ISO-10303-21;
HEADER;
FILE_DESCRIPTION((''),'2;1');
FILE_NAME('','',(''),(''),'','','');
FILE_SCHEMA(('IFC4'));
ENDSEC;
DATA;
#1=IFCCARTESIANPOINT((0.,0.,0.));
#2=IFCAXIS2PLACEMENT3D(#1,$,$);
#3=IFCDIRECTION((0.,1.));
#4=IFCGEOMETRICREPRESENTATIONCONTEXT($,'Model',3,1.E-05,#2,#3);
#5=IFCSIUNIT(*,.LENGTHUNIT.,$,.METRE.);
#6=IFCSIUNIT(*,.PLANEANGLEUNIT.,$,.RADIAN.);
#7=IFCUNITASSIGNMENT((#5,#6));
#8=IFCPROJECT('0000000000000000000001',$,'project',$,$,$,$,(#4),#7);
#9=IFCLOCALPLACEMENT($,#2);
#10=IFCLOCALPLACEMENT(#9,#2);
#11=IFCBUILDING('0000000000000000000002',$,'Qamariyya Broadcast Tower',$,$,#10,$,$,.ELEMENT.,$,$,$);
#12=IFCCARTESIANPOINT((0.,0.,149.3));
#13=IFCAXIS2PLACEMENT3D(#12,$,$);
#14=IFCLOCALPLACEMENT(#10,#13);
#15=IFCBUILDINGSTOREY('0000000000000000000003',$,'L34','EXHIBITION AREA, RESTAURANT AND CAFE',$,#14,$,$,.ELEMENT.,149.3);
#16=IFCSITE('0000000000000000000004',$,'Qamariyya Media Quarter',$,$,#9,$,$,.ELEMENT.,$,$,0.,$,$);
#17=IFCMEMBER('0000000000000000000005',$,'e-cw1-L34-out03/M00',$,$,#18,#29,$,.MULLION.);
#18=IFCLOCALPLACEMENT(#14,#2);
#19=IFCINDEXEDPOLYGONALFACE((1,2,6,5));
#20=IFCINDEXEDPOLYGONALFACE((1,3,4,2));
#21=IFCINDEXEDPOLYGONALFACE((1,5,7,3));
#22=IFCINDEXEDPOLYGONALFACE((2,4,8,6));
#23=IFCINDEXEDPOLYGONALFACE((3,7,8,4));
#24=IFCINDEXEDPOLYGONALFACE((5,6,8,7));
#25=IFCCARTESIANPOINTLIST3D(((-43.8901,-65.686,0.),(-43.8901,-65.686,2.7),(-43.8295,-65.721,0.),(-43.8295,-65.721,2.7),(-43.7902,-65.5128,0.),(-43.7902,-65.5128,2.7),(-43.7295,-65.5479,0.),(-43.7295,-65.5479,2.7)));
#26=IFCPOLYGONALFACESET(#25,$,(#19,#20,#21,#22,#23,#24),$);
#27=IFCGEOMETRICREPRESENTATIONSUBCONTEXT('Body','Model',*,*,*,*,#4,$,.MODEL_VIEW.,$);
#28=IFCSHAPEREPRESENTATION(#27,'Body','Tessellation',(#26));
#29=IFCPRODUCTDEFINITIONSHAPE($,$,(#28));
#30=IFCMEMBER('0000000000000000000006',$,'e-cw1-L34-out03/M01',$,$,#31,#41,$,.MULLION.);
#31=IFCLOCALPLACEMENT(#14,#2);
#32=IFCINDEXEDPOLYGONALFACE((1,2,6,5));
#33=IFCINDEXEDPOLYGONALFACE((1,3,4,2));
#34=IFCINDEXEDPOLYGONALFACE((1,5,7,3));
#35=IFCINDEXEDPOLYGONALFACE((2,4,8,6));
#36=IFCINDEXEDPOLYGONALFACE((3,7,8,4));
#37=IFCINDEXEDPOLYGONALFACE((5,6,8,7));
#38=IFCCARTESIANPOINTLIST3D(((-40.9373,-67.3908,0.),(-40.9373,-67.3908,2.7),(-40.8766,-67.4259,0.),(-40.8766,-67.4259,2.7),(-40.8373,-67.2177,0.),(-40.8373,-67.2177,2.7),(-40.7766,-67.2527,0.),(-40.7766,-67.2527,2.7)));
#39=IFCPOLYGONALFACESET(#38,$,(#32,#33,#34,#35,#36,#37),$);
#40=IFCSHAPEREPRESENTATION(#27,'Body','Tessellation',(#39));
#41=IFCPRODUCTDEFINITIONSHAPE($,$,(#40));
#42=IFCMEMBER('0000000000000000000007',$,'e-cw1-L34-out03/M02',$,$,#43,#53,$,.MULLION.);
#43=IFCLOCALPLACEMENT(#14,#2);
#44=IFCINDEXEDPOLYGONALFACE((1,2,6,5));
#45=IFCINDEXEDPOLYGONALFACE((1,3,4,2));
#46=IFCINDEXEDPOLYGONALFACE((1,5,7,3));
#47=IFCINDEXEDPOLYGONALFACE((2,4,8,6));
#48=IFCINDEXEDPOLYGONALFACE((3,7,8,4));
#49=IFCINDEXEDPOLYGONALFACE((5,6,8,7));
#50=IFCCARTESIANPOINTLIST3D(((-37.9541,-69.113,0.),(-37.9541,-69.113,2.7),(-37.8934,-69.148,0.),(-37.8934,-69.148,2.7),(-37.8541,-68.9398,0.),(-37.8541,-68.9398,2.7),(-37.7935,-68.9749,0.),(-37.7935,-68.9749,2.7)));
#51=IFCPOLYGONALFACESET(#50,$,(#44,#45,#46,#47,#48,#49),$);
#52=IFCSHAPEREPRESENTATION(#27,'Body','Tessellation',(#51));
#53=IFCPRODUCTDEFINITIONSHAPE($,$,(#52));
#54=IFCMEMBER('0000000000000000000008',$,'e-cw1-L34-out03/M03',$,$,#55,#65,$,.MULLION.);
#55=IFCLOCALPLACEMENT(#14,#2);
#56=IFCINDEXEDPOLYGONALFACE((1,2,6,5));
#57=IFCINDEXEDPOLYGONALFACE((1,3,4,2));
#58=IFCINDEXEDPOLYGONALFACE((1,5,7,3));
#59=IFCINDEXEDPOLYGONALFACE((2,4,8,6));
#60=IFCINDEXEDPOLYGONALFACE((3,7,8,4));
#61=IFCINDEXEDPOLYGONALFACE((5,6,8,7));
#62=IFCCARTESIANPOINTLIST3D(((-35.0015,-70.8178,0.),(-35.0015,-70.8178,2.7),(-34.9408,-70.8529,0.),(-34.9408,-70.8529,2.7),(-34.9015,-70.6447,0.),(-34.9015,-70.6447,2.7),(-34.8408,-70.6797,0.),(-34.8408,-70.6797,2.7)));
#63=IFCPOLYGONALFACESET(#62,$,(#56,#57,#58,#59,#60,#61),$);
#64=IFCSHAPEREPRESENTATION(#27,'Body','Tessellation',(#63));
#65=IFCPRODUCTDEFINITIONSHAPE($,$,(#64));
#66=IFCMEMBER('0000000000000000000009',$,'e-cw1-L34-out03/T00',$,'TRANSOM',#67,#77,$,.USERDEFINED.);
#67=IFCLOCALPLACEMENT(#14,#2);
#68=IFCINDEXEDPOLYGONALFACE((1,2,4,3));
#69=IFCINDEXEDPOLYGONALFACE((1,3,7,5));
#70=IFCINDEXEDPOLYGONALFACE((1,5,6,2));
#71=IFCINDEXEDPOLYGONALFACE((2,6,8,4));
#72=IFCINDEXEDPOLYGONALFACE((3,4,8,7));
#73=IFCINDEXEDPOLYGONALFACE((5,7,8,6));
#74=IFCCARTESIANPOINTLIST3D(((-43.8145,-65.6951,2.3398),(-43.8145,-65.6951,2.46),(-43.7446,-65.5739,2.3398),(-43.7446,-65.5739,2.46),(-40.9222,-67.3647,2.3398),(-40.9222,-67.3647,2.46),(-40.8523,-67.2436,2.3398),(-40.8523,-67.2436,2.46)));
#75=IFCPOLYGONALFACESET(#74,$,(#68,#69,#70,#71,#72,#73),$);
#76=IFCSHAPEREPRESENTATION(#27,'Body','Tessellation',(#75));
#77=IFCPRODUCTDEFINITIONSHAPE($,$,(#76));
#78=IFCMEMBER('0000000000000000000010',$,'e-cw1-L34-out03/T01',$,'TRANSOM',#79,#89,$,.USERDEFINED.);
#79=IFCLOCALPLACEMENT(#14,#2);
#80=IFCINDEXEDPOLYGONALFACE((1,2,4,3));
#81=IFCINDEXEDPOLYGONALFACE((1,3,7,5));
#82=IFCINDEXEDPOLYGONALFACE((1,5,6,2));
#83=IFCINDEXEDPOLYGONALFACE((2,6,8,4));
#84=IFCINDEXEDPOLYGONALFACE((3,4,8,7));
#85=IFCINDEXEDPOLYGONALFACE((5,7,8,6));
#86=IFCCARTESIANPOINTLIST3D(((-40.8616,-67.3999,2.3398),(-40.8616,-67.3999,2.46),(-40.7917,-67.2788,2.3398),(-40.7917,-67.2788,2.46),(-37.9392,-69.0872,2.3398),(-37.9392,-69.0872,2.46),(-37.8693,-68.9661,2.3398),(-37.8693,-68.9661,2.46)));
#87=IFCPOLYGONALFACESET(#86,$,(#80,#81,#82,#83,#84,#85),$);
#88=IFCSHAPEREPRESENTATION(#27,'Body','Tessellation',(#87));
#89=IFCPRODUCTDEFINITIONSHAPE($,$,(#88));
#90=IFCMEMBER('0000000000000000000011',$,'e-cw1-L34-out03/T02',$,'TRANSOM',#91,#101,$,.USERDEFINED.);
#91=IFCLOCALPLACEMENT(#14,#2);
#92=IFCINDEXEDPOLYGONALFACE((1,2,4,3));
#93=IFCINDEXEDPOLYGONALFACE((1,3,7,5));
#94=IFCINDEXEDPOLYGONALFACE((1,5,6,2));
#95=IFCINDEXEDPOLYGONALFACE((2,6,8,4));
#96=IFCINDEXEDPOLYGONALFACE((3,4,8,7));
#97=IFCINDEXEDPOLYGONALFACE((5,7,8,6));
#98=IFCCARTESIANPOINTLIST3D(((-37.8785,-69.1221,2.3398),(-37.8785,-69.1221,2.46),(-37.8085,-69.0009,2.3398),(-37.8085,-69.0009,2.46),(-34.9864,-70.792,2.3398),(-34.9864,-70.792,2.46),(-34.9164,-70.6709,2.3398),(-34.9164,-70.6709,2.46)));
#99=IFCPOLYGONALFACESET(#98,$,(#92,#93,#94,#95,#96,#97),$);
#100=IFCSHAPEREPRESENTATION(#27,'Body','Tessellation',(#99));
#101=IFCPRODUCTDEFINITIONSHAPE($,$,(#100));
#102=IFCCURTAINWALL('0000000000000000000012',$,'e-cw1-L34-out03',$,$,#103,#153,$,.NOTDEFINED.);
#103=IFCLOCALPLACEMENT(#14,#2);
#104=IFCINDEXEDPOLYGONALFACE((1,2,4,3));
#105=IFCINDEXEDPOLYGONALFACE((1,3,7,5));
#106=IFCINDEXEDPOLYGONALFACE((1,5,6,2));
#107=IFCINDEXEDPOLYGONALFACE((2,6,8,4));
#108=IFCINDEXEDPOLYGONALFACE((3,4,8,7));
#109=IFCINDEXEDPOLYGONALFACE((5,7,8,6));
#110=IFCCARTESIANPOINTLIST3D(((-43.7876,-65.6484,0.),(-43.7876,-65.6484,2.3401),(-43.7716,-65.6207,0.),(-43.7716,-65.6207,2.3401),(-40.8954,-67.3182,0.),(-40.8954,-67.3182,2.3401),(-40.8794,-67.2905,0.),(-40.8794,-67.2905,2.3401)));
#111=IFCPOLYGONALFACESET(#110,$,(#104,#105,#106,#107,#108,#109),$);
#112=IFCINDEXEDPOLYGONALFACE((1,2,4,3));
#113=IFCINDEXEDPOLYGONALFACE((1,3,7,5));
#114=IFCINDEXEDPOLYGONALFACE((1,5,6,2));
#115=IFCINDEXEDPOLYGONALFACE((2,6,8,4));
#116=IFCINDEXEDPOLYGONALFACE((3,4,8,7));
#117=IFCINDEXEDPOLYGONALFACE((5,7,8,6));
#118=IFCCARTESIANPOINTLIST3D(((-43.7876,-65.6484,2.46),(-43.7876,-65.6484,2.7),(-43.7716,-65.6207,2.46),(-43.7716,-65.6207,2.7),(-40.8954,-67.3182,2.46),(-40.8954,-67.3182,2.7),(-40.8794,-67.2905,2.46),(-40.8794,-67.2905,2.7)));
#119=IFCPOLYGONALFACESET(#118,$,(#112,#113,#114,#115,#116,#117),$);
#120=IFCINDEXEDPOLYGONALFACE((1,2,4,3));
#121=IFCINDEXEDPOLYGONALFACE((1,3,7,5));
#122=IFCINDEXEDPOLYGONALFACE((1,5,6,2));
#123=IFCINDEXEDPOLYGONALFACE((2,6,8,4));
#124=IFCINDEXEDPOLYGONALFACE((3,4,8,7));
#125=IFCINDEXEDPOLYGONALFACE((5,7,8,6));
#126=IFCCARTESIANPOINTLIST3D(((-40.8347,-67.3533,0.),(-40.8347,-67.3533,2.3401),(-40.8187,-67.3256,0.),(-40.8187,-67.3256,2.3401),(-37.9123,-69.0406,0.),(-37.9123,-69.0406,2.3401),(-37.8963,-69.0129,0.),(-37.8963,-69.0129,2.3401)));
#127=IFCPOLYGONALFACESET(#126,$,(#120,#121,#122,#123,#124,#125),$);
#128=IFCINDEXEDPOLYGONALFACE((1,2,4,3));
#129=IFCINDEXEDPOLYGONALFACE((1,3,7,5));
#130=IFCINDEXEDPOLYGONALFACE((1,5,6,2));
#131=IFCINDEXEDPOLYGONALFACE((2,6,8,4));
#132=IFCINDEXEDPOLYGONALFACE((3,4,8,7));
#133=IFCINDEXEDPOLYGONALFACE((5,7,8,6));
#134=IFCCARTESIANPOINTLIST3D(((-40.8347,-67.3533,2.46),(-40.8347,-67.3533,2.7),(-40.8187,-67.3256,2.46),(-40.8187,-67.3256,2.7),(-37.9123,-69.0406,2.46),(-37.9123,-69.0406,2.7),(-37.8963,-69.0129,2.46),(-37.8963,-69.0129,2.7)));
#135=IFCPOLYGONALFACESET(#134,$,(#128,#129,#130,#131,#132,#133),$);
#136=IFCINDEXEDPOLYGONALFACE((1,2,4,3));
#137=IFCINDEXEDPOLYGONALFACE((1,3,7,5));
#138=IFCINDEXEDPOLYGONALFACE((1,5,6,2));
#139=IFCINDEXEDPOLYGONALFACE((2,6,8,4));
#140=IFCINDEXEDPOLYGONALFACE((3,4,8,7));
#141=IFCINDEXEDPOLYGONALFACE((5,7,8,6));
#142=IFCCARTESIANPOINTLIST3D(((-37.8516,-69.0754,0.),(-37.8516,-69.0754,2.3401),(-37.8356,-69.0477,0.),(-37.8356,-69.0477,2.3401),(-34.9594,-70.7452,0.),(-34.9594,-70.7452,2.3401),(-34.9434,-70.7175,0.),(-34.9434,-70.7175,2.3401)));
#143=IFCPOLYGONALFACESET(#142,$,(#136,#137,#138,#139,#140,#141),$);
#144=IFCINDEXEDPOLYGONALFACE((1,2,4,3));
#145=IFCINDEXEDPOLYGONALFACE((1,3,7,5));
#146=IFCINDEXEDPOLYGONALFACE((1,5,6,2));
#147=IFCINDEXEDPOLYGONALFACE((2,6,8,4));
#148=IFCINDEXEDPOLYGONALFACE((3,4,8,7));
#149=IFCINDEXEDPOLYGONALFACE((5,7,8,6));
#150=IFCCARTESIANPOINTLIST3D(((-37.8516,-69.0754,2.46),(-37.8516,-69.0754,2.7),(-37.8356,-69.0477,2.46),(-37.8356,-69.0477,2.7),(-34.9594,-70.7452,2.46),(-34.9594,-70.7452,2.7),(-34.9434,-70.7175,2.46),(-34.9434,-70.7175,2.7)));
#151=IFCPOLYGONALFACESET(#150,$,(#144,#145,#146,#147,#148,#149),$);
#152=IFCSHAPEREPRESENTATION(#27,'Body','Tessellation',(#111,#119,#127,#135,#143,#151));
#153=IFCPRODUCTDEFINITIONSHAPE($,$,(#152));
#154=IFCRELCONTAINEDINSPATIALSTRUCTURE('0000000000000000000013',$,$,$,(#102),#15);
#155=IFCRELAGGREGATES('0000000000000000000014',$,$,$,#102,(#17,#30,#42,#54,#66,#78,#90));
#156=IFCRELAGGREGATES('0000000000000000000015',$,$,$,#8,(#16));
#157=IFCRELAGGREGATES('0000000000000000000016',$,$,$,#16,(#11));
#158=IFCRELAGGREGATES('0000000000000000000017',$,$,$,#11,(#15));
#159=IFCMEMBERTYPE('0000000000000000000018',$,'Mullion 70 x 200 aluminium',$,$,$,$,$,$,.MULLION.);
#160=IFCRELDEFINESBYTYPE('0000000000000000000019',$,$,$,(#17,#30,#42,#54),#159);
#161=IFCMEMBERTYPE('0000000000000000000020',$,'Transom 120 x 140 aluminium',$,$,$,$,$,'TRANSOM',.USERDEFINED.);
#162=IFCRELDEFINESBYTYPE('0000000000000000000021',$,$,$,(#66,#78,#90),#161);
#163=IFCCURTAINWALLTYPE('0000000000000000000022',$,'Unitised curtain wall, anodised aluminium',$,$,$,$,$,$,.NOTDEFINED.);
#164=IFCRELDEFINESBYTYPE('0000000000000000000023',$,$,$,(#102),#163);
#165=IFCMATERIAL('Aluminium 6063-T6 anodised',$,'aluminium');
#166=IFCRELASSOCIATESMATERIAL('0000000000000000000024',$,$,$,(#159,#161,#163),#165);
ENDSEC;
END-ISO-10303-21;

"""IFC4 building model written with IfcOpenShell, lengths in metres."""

from ifc_helpers import new_model, si_unit, direction, frame, origin, origin_2d, place, context, subcontext, project, spatial, rectangle, extrude, material, material_profile, profile_set, type_object, element, aggregate, save


model = new_model("IFC4")

# Units and contexts
model_context = context("Model", 3, precision=1e-05, world=origin(), true_north=direction((0.0, 1.0)))
body_context = subcontext(model_context, "Body", "Model", "MODEL_VIEW")
ifc_project = project(units=[si_unit("LENGTHUNIT", "METRE"), si_unit("PLANEANGLEUNIT", "RADIAN")], contexts=[model_context])

# Members
ifc_material = material(Name="Aluminium 6063-T6 anodised", Category="aluminium")
ifc_material_profile_1 = material_profile(ifc_material, rectangle(XDim=0.2, YDim=0.0701, at=origin_2d()))
ifc_profile_set_1 = profile_set([ifc_material_profile_1], Name="Aluminium 6063-T6 anodised")
member_type_1 = type_object("IfcMemberType", Name="Mullion 70 x 200 aluminium", PredefinedType="MULLION", material=ifc_profile_set_1)
site_placement = place(None, origin())
building_placement = place(site_placement, origin())
storey_placement = place(building_placement, frame((0.0, 0.0, 149.3)))
member_1_placement = place(storey_placement, frame((-43.8098, -65.6169, 0.0), z_axis=(0.0, 0.0, 1.0), x_axis=(0.5, 0.866025, 0.0)))
member_1 = element("IfcMember", 1, at=member_1_placement, type_object=member_type_1, Name="e-cw1-L34-out03/M00", PredefinedType="MULLION", context=body_context, shape_type="SweptSolid", body=[
    extrude(rectangle(XDim=0.2, YDim=0.0701, at=origin_2d()), origin(), (0.0, 0.0, 1.0), 2.7),
])
member_2_placement = place(storey_placement, frame((-40.8569, -67.3218, 0.0), z_axis=(0.0, 0.0, 1.0), x_axis=(0.5, 0.866025, 0.0)))
member_2 = element("IfcMember", 2, at=member_2_placement, type_object=member_type_1, Name="e-cw1-L34-out03/M01", PredefinedType="MULLION", context=body_context, shape_type="SweptSolid", body=[
    extrude(rectangle(XDim=0.2, YDim=0.0701, at=origin_2d()), origin(), (0.0, 0.0, 1.0), 2.7),
])
member_3_placement = place(storey_placement, frame((-37.8738, -69.0439, 0.0), z_axis=(0.0, 0.0, 1.0), x_axis=(0.5, 0.866025, 0.0)))
member_3 = element("IfcMember", 3, at=member_3_placement, type_object=member_type_1, Name="e-cw1-L34-out03/M02", PredefinedType="MULLION", context=body_context, shape_type="SweptSolid", body=[
    extrude(rectangle(XDim=0.2, YDim=0.0701, at=origin_2d()), origin(), (0.0, 0.0, 1.0), 2.7),
])
member_4_placement = place(storey_placement, frame((-34.9211, -70.7488, 0.0), z_axis=(0.0, 0.0, 1.0), x_axis=(0.5, 0.866025, 0.0)))
member_4 = element("IfcMember", 4, at=member_4_placement, type_object=member_type_1, Name="e-cw1-L34-out03/M03", PredefinedType="MULLION", context=body_context, shape_type="SweptSolid", body=[
    extrude(rectangle(XDim=0.2, YDim=0.0701, at=origin_2d()), origin(), (0.0, 0.0, 1.0), 2.7),
])
ifc_material_profile_2 = material_profile(ifc_material, rectangle(XDim=0.1399, YDim=0.1201, at=origin_2d()))
ifc_profile_set_2 = profile_set([ifc_material_profile_2], Name="Aluminium 6063-T6 anodised")
member_type_2 = type_object("IfcMemberType", Name="Transom 120 x 140 aluminium", ElementType="TRANSOM", PredefinedType="USERDEFINED", material=ifc_profile_set_2)
member_5_placement = place(storey_placement, frame((-43.7795, -65.6345, 2.3999), z_axis=(0.866053, -0.499952, 0.0), x_axis=(0.499952, 0.866053, 0.0)))
member_5 = element("IfcMember", 5, at=member_5_placement, type_object=member_type_2, Name="e-cw1-L34-out03/T00", ObjectType="TRANSOM", PredefinedType="USERDEFINED", context=body_context, shape_type="SweptSolid", body=[
    extrude(rectangle(XDim=0.1399, YDim=0.1201, at=origin_2d()), origin(), (0.0, 0.0, 1.0), 3.3396),
])
member_6_placement = place(storey_placement, frame((-40.8267, -67.3394, 2.3999), z_axis=(0.866022, -0.500006, 0.0), x_axis=(0.500006, 0.866022, 0.0)))
member_6 = element("IfcMember", 6, at=member_6_placement, type_object=member_type_2, Name="e-cw1-L34-out03/T01", ObjectType="TRANSOM", PredefinedType="USERDEFINED", context=body_context, shape_type="SweptSolid", body=[
    extrude(rectangle(XDim=0.1399, YDim=0.1201, at=origin_2d()), origin(), (0.0, 0.0, 1.0), 3.3745),
])
member_7_placement = place(storey_placement, frame((-37.8435, -69.0615, 2.3999), z_axis=(0.866003, -0.500039, 0.0), x_axis=(0.500039, 0.866003, 0.0)))
member_7 = element("IfcMember", 7, at=member_7_placement, type_object=member_type_2, Name="e-cw1-L34-out03/T02", ObjectType="TRANSOM", PredefinedType="USERDEFINED", context=body_context, shape_type="SweptSolid", body=[
    extrude(rectangle(XDim=0.1399, YDim=0.1201, at=origin_2d()), origin(), (0.0, 0.0, 1.0), 3.3396),
])

# Site, building, storey
site = spatial("IfcSite", under=ifc_project, at=site_placement, Name="Qamariyya Media Quarter", CompositionType="ELEMENT", RefElevation=0.0)
building = spatial("IfcBuilding", under=site, at=building_placement, Name="Qamariyya Broadcast Tower", CompositionType="ELEMENT")
storey = spatial("IfcBuildingStorey", under=building, at=storey_placement, Name="L34", Description="EXHIBITION AREA, RESTAURANT AND CAFE", CompositionType="ELEMENT", Elevation=149.3)

# Curtain wall
curtain_wall_type = type_object("IfcCurtainWallType", Name="Unitised curtain wall, anodised aluminium", PredefinedType="NOTDEFINED", material=ifc_material)
curtain_wall_1_placement = place(storey_placement, origin())
curtain_wall_1 = element("IfcCurtainWall", 8, at=curtain_wall_1_placement, inside=storey, type_object=curtain_wall_type, Name="e-cw1-L34-out03", PredefinedType="NOTDEFINED", context=body_context, shape_type="SweptSolid", body=[
    extrude(rectangle(XDim=3.3396, YDim=0.032, at=origin_2d()), frame((-42.3335, -66.4695, 0.0), x_axis=(0.866029, -0.499994, 0.0)), (0.0, 0.0, 1.0), 2.3401),
    extrude(rectangle(XDim=3.3396, YDim=0.032, at=origin_2d()), frame((-42.3335, -66.4695, 2.46), x_axis=(0.866029, -0.499994, 0.0)), (0.0, 0.0, 1.0), 0.24),
    extrude(rectangle(XDim=3.3745, YDim=0.032, at=origin_2d()), frame((-39.3655, -68.1831, 0.0), x_axis=(0.866029, -0.499994, 0.0)), (0.0, 0.0, 1.0), 2.3401),
    extrude(rectangle(XDim=3.3745, YDim=0.032, at=origin_2d()), frame((-39.3655, -68.1831, 2.46), x_axis=(0.866029, -0.499994, 0.0)), (0.0, 0.0, 1.0), 0.24),
    extrude(rectangle(XDim=3.3396, YDim=0.032, at=origin_2d()), frame((-36.3975, -69.8965, 0.0), x_axis=(0.866029, -0.499994, 0.0)), (0.0, 0.0, 1.0), 2.3401),
    extrude(rectangle(XDim=3.3396, YDim=0.032, at=origin_2d()), frame((-36.3975, -69.8965, 2.46), x_axis=(0.866029, -0.499994, 0.0)), (0.0, 0.0, 1.0), 0.24),
])
aggregate(curtain_wall_1, [member_1, member_2, member_3, member_4, member_5, member_6, member_7])

save(model, "model.ifc")
